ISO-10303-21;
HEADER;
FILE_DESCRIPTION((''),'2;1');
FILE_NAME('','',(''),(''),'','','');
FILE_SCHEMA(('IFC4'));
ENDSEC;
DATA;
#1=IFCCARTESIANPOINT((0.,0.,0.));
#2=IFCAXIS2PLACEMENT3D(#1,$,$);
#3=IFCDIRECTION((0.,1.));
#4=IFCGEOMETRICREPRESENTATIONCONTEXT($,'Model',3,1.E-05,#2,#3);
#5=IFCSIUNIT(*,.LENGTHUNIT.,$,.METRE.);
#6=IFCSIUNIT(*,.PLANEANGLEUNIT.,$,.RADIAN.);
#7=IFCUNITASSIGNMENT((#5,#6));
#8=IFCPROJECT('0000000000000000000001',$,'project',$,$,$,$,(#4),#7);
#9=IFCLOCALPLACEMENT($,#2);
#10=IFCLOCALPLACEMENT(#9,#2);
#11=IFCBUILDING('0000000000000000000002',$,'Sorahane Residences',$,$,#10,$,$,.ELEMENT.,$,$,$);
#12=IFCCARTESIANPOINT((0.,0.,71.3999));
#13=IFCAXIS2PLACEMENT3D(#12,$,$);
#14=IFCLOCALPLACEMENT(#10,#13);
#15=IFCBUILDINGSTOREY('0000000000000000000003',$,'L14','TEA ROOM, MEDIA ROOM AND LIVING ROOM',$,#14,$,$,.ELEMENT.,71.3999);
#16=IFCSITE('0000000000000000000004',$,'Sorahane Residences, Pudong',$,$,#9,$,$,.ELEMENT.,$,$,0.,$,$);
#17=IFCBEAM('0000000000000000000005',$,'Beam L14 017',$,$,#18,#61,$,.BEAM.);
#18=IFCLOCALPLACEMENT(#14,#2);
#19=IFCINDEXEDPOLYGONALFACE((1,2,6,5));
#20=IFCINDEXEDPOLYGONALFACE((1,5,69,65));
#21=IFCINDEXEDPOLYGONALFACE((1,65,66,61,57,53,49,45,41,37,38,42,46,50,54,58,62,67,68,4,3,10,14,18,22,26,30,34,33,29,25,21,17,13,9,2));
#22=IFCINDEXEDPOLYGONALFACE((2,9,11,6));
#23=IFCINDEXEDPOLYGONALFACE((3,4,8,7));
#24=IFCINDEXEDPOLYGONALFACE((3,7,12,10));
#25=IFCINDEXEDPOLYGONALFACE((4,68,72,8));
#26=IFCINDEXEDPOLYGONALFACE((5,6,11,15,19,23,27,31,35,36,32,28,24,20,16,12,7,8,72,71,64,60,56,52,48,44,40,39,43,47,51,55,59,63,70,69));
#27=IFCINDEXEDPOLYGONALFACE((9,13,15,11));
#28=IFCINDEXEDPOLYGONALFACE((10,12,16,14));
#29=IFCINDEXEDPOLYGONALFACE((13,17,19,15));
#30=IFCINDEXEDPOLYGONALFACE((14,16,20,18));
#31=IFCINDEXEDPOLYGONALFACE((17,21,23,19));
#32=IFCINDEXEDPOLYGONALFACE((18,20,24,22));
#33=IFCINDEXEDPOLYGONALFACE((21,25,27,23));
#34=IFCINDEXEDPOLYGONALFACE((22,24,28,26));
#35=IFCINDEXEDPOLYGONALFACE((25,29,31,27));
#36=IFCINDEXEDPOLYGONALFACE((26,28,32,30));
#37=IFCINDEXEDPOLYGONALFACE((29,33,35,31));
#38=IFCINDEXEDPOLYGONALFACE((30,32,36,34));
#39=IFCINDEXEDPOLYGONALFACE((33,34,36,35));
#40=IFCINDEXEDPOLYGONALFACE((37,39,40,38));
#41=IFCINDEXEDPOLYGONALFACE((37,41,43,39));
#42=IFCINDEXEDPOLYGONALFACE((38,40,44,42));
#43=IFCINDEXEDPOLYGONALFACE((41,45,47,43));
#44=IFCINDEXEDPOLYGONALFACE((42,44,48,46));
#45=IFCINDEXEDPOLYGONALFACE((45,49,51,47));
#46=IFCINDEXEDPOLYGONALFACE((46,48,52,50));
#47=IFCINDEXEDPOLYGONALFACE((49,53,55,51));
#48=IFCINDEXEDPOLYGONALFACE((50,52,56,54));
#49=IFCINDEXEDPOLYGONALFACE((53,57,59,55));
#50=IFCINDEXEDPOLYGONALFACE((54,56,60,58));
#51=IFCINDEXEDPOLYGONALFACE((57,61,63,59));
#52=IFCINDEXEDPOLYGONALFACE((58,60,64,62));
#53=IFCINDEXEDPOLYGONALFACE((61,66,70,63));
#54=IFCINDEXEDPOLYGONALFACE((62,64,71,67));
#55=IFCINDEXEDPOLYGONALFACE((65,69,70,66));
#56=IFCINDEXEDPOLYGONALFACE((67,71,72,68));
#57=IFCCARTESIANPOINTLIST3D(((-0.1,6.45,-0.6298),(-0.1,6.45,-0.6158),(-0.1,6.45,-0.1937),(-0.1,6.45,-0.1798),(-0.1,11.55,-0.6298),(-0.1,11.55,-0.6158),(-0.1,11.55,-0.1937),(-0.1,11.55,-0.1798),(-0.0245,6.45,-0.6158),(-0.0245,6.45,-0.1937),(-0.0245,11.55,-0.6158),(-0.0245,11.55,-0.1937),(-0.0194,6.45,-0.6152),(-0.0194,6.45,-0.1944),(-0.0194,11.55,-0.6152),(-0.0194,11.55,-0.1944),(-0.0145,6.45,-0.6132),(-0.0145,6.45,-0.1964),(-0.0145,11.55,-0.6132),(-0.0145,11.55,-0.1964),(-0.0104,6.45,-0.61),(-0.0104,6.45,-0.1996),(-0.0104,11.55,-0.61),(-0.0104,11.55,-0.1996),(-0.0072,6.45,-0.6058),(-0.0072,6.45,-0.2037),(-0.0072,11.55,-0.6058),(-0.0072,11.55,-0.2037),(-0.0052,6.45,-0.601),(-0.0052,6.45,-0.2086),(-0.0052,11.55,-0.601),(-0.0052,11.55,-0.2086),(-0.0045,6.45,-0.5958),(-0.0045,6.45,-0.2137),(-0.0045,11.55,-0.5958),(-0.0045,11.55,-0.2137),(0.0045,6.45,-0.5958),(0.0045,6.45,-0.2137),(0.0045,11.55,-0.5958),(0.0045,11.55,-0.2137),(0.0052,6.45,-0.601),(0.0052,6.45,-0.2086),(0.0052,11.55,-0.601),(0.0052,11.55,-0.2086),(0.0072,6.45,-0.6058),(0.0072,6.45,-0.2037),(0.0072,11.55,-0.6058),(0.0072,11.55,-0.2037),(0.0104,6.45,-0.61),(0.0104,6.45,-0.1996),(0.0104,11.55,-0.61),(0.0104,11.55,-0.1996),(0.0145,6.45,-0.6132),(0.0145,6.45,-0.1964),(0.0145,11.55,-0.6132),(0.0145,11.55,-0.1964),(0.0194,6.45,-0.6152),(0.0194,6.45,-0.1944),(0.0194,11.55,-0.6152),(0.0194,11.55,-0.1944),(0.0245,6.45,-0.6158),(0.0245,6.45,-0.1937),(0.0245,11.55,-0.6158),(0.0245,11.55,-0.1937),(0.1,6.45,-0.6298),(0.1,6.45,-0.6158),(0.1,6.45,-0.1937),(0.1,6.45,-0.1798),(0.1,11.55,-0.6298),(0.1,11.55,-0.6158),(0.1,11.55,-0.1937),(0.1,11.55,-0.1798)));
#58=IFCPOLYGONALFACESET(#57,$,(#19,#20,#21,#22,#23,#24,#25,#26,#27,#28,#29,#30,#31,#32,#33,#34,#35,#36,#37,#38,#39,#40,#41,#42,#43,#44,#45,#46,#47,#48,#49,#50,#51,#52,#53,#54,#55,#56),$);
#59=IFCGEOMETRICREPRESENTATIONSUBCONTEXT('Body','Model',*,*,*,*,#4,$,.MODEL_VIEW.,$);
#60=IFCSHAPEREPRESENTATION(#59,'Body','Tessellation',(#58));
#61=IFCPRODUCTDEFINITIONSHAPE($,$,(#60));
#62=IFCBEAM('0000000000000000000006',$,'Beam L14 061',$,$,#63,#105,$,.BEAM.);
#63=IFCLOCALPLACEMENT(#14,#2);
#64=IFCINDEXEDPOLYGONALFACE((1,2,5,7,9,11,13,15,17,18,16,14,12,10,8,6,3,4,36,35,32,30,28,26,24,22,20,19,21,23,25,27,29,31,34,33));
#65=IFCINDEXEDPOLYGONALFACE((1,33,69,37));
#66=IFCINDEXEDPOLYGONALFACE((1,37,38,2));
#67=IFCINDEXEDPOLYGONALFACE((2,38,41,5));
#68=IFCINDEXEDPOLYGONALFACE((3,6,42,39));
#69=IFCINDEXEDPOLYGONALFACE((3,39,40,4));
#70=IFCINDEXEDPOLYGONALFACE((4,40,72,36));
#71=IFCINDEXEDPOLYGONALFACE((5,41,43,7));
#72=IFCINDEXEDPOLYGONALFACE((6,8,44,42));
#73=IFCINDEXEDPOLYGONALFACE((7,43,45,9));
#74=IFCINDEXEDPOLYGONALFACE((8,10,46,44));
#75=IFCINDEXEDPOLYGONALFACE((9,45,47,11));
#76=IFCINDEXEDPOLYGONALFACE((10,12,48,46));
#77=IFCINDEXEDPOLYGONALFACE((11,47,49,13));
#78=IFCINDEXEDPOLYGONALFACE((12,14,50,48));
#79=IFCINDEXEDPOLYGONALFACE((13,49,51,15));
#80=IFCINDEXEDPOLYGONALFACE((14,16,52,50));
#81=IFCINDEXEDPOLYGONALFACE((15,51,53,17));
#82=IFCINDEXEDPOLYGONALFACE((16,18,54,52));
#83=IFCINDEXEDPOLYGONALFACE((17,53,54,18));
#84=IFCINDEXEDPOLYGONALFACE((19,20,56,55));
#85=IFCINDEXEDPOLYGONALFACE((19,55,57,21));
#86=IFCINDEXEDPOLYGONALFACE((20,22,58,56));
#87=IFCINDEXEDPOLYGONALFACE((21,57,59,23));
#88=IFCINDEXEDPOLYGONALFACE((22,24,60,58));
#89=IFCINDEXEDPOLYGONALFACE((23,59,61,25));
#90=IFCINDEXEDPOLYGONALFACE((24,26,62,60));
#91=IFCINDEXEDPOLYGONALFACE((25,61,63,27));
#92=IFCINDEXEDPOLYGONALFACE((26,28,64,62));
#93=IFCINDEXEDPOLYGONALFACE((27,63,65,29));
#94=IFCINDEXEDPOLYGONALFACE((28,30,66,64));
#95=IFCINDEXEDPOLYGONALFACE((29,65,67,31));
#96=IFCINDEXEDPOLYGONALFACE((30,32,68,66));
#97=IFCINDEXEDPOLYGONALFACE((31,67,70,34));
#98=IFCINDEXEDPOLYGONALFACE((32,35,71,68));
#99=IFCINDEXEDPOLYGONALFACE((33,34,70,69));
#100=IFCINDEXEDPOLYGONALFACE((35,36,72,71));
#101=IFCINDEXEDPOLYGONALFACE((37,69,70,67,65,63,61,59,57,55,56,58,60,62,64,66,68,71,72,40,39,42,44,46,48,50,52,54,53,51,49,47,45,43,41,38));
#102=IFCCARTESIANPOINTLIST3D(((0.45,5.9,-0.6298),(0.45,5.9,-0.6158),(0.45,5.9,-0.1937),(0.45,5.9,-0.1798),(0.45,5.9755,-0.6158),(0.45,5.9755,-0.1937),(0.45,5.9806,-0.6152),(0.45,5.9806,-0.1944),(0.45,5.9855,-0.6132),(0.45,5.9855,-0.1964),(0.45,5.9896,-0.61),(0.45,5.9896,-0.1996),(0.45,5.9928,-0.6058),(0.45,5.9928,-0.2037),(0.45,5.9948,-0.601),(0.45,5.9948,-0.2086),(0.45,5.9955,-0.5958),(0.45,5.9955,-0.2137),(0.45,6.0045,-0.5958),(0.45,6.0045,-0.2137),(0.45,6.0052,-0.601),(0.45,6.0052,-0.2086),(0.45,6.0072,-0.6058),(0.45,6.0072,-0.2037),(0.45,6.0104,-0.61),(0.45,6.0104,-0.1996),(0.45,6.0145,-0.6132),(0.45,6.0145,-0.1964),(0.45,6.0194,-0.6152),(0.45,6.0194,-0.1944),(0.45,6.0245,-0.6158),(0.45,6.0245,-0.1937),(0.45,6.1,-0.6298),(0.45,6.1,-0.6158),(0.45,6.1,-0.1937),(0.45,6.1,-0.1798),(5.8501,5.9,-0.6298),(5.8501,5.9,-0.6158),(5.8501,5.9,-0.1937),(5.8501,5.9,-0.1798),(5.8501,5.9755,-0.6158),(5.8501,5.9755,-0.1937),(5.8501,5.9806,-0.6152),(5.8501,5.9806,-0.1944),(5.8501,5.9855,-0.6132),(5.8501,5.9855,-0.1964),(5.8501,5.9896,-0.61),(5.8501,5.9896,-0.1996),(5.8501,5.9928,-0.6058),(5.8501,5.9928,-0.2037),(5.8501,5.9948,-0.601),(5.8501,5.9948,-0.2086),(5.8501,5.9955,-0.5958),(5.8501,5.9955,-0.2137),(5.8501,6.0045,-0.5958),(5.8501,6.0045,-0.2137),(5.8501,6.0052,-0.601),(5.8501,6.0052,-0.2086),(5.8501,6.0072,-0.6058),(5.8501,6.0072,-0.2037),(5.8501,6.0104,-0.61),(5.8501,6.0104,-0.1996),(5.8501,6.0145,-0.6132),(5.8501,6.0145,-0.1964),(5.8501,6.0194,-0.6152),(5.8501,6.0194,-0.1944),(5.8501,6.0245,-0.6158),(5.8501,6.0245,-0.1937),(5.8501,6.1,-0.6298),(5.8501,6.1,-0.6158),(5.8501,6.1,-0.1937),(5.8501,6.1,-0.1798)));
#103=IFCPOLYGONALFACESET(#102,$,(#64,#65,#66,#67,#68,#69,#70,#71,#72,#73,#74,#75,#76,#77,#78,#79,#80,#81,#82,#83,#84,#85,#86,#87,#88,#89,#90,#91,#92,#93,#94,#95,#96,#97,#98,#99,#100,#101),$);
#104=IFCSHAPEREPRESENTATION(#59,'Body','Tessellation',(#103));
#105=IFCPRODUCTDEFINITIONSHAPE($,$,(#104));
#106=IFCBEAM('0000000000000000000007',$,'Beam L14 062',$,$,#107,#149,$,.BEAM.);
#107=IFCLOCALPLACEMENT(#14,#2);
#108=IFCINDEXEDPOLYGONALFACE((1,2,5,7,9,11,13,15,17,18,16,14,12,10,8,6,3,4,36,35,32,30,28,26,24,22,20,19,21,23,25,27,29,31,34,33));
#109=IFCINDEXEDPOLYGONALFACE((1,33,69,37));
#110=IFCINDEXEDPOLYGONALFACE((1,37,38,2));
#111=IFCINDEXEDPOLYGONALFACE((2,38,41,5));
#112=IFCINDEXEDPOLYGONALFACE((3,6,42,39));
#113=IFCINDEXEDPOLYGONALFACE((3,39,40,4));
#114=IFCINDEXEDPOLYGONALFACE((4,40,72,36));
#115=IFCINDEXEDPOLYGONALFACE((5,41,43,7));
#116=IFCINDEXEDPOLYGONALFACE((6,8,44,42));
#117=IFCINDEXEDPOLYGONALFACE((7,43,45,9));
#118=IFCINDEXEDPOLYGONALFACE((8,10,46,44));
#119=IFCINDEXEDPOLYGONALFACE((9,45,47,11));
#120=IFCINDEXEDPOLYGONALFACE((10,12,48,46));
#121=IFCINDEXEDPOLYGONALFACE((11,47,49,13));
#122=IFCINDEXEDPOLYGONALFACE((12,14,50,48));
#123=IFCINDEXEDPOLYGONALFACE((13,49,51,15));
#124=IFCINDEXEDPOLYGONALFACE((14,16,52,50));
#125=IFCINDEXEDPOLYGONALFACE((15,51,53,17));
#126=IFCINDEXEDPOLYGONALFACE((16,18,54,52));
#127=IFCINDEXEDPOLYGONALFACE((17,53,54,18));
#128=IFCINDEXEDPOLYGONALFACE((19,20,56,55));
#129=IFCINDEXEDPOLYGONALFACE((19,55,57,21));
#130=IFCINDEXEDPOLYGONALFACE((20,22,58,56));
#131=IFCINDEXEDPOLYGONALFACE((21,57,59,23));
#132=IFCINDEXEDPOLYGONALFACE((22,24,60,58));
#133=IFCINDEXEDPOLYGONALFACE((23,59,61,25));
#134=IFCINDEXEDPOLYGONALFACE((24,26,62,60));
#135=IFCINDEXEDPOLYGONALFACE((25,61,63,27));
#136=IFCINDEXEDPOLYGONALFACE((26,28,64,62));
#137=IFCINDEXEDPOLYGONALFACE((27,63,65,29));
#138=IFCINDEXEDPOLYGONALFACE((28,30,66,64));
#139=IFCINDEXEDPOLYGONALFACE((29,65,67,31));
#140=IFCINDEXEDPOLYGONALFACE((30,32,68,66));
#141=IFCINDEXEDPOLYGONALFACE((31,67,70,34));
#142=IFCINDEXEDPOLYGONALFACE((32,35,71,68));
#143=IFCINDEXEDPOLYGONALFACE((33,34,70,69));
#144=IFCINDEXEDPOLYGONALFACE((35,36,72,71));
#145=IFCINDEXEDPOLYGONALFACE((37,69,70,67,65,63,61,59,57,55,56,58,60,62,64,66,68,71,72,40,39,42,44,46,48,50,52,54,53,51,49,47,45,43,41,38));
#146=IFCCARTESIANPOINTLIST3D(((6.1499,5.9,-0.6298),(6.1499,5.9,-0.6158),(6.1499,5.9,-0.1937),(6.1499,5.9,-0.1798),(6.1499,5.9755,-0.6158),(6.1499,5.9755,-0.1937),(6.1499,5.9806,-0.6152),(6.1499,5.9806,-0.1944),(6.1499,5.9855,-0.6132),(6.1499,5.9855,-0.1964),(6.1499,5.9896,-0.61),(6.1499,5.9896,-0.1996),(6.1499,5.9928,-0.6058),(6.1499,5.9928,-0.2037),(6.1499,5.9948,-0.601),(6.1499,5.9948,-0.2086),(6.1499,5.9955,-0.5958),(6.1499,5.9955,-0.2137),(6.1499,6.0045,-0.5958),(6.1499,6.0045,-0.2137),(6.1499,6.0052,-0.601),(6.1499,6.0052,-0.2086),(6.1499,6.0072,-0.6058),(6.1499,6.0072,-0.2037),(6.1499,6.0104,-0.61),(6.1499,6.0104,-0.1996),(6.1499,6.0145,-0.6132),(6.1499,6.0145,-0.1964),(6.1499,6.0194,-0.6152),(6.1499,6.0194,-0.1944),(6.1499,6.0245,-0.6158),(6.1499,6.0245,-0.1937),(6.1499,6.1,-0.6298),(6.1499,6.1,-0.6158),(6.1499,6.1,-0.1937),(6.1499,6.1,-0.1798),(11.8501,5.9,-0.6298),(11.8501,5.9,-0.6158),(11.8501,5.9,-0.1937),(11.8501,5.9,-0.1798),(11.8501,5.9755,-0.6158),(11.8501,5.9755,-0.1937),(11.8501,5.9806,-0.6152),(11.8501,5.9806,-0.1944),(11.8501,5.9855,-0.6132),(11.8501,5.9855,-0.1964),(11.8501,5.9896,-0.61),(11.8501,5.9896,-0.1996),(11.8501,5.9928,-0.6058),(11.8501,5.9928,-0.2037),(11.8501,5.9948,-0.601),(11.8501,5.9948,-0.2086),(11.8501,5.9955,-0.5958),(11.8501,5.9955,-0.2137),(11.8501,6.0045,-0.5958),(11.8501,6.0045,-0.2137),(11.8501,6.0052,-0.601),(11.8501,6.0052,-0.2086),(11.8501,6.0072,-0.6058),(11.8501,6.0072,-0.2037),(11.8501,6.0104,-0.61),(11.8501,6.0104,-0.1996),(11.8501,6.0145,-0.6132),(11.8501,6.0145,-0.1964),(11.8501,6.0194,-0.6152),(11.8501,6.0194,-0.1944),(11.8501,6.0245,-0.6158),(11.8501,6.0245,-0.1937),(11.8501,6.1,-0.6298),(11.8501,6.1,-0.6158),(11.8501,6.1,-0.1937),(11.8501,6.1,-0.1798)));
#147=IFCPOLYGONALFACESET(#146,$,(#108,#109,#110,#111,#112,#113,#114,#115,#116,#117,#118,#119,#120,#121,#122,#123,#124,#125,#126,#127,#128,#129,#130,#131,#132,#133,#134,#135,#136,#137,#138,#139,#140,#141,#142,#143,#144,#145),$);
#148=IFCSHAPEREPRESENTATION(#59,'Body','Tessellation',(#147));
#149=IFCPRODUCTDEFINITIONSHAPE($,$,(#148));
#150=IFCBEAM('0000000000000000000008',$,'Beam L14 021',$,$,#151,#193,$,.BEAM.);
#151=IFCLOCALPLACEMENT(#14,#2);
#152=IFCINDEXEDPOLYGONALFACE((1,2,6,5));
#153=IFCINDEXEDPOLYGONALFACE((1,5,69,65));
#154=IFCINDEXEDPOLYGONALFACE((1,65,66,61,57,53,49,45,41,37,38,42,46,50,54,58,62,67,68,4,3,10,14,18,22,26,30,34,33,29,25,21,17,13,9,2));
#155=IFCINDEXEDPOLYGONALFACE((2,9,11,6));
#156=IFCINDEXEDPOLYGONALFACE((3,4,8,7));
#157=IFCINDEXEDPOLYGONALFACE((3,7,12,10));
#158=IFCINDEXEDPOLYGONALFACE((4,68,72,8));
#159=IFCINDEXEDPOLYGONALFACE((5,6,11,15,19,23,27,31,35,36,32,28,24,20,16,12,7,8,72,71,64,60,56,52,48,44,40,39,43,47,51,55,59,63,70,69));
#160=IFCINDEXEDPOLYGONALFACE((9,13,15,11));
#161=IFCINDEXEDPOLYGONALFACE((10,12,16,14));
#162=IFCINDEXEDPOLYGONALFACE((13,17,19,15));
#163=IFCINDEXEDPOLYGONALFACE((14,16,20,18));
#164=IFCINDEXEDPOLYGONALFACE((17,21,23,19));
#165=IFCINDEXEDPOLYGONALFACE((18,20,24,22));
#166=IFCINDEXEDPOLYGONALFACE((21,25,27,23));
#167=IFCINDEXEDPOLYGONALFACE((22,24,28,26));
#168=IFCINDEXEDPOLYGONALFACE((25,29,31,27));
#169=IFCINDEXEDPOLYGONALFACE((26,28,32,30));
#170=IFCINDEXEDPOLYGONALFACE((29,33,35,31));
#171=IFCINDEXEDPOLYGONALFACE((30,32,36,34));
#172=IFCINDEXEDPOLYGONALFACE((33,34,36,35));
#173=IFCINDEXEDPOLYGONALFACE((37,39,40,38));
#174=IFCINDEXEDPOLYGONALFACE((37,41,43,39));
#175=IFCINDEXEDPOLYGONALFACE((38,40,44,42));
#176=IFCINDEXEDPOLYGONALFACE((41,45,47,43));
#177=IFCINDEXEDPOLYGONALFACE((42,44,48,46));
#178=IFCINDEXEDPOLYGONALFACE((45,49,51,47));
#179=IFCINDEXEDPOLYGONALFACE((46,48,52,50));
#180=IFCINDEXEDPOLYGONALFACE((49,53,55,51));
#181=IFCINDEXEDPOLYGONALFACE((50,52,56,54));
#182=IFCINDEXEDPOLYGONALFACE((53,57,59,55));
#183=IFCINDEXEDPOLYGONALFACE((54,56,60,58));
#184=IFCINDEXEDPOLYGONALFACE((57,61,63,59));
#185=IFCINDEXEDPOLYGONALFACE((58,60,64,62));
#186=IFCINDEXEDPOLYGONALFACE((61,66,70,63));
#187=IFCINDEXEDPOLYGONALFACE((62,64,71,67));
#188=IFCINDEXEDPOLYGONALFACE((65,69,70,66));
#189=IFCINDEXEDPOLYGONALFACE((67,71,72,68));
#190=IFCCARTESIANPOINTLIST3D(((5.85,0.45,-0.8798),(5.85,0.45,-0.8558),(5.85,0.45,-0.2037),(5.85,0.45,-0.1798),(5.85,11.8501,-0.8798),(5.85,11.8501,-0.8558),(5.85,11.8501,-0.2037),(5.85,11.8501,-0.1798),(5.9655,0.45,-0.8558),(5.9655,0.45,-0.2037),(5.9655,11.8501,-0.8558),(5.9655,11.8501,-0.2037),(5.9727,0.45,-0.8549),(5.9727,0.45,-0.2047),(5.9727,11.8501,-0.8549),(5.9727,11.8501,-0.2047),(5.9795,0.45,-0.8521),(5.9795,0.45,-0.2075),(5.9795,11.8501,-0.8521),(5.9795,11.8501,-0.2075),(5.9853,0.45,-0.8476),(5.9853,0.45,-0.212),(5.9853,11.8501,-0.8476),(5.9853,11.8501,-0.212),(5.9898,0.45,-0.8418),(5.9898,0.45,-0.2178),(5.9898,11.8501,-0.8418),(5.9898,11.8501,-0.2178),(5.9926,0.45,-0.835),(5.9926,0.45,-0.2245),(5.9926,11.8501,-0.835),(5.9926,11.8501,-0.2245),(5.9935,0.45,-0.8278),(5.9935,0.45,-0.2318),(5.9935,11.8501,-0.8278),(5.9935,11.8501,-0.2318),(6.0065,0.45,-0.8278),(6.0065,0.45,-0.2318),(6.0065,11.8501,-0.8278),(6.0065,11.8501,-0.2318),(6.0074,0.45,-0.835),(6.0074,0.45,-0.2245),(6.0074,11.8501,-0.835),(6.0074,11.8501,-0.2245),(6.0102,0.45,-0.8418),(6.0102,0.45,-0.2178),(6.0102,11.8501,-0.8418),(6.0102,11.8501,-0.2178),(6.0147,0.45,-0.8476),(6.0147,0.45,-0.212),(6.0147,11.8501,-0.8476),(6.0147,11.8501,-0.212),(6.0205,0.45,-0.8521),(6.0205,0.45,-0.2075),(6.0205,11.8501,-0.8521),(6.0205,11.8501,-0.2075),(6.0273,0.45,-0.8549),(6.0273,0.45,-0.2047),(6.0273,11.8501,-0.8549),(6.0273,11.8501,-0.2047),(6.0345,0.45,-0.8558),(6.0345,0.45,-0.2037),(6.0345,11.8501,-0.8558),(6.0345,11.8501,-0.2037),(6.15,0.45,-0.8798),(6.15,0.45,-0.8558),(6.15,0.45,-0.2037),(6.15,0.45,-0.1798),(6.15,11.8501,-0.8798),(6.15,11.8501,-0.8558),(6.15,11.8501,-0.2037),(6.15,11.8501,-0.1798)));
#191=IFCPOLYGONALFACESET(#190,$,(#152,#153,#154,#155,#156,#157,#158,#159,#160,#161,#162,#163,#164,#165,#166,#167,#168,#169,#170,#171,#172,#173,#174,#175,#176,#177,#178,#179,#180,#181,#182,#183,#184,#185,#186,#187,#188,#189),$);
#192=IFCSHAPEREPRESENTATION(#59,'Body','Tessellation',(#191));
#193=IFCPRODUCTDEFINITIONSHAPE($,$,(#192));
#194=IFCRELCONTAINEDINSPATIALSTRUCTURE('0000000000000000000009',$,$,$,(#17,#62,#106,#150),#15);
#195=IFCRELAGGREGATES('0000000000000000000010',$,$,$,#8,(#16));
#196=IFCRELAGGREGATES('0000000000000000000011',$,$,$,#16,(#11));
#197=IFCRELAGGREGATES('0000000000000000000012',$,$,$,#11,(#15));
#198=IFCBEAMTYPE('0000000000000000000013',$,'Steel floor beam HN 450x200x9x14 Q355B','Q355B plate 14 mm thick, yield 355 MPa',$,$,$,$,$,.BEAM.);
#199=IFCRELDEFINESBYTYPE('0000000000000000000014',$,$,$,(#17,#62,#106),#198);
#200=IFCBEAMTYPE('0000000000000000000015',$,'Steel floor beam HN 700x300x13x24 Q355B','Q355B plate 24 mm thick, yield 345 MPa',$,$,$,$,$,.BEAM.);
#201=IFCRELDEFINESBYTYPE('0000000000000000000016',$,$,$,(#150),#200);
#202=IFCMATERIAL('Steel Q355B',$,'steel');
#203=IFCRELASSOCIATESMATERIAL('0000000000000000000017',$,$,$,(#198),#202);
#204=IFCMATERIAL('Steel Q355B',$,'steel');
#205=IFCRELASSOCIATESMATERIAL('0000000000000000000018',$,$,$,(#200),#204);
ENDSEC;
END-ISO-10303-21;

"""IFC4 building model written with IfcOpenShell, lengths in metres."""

from ifc_helpers import new_model, si_unit, direction, frame, origin, origin_2d, place, context, subcontext, project, spatial, i_section, extrude, material, material_profile, profile_set, type_object, element, save


model = new_model("IFC4")

# Units and contexts
model_context = context("Model", 3, precision=1e-05, world=origin(), true_north=direction((0.0, 1.0)))
body_context = subcontext(model_context, "Body", "Model", "MODEL_VIEW")
ifc_project = project(units=[si_unit("LENGTHUNIT", "METRE"), si_unit("PLANEANGLEUNIT", "RADIAN")], contexts=[model_context])

# Site, building, storey
site_placement = place(None, origin())
site = spatial("IfcSite", under=ifc_project, at=site_placement, Name="Sorahane Residences, Pudong", CompositionType="ELEMENT", RefElevation=0.0)
building_placement = place(site_placement, origin())
building = spatial("IfcBuilding", under=site, at=building_placement, Name="Sorahane Residences", CompositionType="ELEMENT")
storey_placement = place(building_placement, frame((0.0, 0.0, 71.3999)))
storey = spatial("IfcBuildingStorey", under=building, at=storey_placement, Name="L14", Description="TEA ROOM, MEDIA ROOM AND LIVING ROOM", CompositionType="ELEMENT", Elevation=71.3999)

# Beams
ifc_material_1 = material(Name="Steel Q355B", Category="steel")
ifc_material_profile_1 = material_profile(ifc_material_1, i_section(OverallWidth=0.2, OverallDepth=0.45, WebThickness=0.009, FlangeThickness=0.0139, FilletRadius=0.02, at=origin_2d()), Name="HN 450x200x9x14")
ifc_profile_set_1 = profile_set([ifc_material_profile_1], Name="Steel Q355B")
beam_type_1 = type_object("IfcBeamType", Name="Steel floor beam HN 450x200x9x14 Q355B", Description="Q355B plate 14 mm thick, yield 355 MPa", PredefinedType="BEAM", material=ifc_profile_set_1)
for number, where, z_axis, x_axis, name in (
    (1, (0.0, 6.45, -0.4048), (0.0, 1.0, 0.0), (-1.0, 0.0, 0.0), "Beam L14 017"),
):
    element("IfcBeam", number, at=place(storey_placement, frame(where, z_axis=z_axis, x_axis=x_axis)), inside=storey, type_object=beam_type_1, Name=name, PredefinedType="BEAM", context=body_context, shape_type="SweptSolid", body=[
        extrude(i_section(OverallWidth=0.2, OverallDepth=0.45, WebThickness=0.009, FlangeThickness=0.0139, FilletRadius=0.02, at=origin_2d()), origin(), (0.0, 0.0, 1.0), 5.1001),
    ])
beam_1_placement = place(storey_placement, frame((0.45, 6.0, -0.4048), z_axis=(1.0, 0.0, 0.0), x_axis=(0.0, 1.0, 0.0)))
element("IfcBeam", 2, at=beam_1_placement, inside=storey, type_object=beam_type_1, Name="Beam L14 061", PredefinedType="BEAM", context=body_context, shape_type="SweptSolid", body=[
    extrude(i_section(OverallWidth=0.2, OverallDepth=0.45, WebThickness=0.009, FlangeThickness=0.0139, FilletRadius=0.02, at=origin_2d()), origin(), (0.0, 0.0, 1.0), 5.4001),
])
beam_2_placement = place(storey_placement, frame((6.1499, 6.0, -0.4048), z_axis=(1.0, 0.0, 0.0), x_axis=(0.0, 1.0, 0.0)))
element("IfcBeam", 3, at=beam_2_placement, inside=storey, type_object=beam_type_1, Name="Beam L14 062", PredefinedType="BEAM", context=body_context, shape_type="SweptSolid", body=[
    extrude(i_section(OverallWidth=0.2, OverallDepth=0.45, WebThickness=0.009, FlangeThickness=0.0139, FilletRadius=0.02, at=origin_2d()), origin(), (0.0, 0.0, 1.0), 5.7002),
])
ifc_material_2 = material(Name="Steel Q355B", Category="steel")
ifc_material_profile_2 = material_profile(ifc_material_2, i_section(OverallWidth=0.3, OverallDepth=0.7, WebThickness=0.0129, FlangeThickness=0.0239, FilletRadius=0.0281, at=origin_2d()), Name="HN 700x300x13x24")
ifc_profile_set_2 = profile_set([ifc_material_profile_2], Name="Steel Q355B")
beam_type_2 = type_object("IfcBeamType", Name="Steel floor beam HN 700x300x13x24 Q355B", Description="Q355B plate 24 mm thick, yield 345 MPa", PredefinedType="BEAM", material=ifc_profile_set_2)
beam_3_placement = place(storey_placement, frame((6.0, 0.45, -0.5298), z_axis=(0.0, 1.0, 0.0), x_axis=(-1.0, 0.0, 0.0)))
element("IfcBeam", 4, at=beam_3_placement, inside=storey, type_object=beam_type_2, Name="Beam L14 021", PredefinedType="BEAM", context=body_context, shape_type="SweptSolid", body=[
    extrude(i_section(OverallWidth=0.3, OverallDepth=0.7, WebThickness=0.0129, FlangeThickness=0.0239, FilletRadius=0.0281, at=origin_2d()), origin(), (0.0, 0.0, 1.0), 11.4001),
])

save(model, "model.ifc")
